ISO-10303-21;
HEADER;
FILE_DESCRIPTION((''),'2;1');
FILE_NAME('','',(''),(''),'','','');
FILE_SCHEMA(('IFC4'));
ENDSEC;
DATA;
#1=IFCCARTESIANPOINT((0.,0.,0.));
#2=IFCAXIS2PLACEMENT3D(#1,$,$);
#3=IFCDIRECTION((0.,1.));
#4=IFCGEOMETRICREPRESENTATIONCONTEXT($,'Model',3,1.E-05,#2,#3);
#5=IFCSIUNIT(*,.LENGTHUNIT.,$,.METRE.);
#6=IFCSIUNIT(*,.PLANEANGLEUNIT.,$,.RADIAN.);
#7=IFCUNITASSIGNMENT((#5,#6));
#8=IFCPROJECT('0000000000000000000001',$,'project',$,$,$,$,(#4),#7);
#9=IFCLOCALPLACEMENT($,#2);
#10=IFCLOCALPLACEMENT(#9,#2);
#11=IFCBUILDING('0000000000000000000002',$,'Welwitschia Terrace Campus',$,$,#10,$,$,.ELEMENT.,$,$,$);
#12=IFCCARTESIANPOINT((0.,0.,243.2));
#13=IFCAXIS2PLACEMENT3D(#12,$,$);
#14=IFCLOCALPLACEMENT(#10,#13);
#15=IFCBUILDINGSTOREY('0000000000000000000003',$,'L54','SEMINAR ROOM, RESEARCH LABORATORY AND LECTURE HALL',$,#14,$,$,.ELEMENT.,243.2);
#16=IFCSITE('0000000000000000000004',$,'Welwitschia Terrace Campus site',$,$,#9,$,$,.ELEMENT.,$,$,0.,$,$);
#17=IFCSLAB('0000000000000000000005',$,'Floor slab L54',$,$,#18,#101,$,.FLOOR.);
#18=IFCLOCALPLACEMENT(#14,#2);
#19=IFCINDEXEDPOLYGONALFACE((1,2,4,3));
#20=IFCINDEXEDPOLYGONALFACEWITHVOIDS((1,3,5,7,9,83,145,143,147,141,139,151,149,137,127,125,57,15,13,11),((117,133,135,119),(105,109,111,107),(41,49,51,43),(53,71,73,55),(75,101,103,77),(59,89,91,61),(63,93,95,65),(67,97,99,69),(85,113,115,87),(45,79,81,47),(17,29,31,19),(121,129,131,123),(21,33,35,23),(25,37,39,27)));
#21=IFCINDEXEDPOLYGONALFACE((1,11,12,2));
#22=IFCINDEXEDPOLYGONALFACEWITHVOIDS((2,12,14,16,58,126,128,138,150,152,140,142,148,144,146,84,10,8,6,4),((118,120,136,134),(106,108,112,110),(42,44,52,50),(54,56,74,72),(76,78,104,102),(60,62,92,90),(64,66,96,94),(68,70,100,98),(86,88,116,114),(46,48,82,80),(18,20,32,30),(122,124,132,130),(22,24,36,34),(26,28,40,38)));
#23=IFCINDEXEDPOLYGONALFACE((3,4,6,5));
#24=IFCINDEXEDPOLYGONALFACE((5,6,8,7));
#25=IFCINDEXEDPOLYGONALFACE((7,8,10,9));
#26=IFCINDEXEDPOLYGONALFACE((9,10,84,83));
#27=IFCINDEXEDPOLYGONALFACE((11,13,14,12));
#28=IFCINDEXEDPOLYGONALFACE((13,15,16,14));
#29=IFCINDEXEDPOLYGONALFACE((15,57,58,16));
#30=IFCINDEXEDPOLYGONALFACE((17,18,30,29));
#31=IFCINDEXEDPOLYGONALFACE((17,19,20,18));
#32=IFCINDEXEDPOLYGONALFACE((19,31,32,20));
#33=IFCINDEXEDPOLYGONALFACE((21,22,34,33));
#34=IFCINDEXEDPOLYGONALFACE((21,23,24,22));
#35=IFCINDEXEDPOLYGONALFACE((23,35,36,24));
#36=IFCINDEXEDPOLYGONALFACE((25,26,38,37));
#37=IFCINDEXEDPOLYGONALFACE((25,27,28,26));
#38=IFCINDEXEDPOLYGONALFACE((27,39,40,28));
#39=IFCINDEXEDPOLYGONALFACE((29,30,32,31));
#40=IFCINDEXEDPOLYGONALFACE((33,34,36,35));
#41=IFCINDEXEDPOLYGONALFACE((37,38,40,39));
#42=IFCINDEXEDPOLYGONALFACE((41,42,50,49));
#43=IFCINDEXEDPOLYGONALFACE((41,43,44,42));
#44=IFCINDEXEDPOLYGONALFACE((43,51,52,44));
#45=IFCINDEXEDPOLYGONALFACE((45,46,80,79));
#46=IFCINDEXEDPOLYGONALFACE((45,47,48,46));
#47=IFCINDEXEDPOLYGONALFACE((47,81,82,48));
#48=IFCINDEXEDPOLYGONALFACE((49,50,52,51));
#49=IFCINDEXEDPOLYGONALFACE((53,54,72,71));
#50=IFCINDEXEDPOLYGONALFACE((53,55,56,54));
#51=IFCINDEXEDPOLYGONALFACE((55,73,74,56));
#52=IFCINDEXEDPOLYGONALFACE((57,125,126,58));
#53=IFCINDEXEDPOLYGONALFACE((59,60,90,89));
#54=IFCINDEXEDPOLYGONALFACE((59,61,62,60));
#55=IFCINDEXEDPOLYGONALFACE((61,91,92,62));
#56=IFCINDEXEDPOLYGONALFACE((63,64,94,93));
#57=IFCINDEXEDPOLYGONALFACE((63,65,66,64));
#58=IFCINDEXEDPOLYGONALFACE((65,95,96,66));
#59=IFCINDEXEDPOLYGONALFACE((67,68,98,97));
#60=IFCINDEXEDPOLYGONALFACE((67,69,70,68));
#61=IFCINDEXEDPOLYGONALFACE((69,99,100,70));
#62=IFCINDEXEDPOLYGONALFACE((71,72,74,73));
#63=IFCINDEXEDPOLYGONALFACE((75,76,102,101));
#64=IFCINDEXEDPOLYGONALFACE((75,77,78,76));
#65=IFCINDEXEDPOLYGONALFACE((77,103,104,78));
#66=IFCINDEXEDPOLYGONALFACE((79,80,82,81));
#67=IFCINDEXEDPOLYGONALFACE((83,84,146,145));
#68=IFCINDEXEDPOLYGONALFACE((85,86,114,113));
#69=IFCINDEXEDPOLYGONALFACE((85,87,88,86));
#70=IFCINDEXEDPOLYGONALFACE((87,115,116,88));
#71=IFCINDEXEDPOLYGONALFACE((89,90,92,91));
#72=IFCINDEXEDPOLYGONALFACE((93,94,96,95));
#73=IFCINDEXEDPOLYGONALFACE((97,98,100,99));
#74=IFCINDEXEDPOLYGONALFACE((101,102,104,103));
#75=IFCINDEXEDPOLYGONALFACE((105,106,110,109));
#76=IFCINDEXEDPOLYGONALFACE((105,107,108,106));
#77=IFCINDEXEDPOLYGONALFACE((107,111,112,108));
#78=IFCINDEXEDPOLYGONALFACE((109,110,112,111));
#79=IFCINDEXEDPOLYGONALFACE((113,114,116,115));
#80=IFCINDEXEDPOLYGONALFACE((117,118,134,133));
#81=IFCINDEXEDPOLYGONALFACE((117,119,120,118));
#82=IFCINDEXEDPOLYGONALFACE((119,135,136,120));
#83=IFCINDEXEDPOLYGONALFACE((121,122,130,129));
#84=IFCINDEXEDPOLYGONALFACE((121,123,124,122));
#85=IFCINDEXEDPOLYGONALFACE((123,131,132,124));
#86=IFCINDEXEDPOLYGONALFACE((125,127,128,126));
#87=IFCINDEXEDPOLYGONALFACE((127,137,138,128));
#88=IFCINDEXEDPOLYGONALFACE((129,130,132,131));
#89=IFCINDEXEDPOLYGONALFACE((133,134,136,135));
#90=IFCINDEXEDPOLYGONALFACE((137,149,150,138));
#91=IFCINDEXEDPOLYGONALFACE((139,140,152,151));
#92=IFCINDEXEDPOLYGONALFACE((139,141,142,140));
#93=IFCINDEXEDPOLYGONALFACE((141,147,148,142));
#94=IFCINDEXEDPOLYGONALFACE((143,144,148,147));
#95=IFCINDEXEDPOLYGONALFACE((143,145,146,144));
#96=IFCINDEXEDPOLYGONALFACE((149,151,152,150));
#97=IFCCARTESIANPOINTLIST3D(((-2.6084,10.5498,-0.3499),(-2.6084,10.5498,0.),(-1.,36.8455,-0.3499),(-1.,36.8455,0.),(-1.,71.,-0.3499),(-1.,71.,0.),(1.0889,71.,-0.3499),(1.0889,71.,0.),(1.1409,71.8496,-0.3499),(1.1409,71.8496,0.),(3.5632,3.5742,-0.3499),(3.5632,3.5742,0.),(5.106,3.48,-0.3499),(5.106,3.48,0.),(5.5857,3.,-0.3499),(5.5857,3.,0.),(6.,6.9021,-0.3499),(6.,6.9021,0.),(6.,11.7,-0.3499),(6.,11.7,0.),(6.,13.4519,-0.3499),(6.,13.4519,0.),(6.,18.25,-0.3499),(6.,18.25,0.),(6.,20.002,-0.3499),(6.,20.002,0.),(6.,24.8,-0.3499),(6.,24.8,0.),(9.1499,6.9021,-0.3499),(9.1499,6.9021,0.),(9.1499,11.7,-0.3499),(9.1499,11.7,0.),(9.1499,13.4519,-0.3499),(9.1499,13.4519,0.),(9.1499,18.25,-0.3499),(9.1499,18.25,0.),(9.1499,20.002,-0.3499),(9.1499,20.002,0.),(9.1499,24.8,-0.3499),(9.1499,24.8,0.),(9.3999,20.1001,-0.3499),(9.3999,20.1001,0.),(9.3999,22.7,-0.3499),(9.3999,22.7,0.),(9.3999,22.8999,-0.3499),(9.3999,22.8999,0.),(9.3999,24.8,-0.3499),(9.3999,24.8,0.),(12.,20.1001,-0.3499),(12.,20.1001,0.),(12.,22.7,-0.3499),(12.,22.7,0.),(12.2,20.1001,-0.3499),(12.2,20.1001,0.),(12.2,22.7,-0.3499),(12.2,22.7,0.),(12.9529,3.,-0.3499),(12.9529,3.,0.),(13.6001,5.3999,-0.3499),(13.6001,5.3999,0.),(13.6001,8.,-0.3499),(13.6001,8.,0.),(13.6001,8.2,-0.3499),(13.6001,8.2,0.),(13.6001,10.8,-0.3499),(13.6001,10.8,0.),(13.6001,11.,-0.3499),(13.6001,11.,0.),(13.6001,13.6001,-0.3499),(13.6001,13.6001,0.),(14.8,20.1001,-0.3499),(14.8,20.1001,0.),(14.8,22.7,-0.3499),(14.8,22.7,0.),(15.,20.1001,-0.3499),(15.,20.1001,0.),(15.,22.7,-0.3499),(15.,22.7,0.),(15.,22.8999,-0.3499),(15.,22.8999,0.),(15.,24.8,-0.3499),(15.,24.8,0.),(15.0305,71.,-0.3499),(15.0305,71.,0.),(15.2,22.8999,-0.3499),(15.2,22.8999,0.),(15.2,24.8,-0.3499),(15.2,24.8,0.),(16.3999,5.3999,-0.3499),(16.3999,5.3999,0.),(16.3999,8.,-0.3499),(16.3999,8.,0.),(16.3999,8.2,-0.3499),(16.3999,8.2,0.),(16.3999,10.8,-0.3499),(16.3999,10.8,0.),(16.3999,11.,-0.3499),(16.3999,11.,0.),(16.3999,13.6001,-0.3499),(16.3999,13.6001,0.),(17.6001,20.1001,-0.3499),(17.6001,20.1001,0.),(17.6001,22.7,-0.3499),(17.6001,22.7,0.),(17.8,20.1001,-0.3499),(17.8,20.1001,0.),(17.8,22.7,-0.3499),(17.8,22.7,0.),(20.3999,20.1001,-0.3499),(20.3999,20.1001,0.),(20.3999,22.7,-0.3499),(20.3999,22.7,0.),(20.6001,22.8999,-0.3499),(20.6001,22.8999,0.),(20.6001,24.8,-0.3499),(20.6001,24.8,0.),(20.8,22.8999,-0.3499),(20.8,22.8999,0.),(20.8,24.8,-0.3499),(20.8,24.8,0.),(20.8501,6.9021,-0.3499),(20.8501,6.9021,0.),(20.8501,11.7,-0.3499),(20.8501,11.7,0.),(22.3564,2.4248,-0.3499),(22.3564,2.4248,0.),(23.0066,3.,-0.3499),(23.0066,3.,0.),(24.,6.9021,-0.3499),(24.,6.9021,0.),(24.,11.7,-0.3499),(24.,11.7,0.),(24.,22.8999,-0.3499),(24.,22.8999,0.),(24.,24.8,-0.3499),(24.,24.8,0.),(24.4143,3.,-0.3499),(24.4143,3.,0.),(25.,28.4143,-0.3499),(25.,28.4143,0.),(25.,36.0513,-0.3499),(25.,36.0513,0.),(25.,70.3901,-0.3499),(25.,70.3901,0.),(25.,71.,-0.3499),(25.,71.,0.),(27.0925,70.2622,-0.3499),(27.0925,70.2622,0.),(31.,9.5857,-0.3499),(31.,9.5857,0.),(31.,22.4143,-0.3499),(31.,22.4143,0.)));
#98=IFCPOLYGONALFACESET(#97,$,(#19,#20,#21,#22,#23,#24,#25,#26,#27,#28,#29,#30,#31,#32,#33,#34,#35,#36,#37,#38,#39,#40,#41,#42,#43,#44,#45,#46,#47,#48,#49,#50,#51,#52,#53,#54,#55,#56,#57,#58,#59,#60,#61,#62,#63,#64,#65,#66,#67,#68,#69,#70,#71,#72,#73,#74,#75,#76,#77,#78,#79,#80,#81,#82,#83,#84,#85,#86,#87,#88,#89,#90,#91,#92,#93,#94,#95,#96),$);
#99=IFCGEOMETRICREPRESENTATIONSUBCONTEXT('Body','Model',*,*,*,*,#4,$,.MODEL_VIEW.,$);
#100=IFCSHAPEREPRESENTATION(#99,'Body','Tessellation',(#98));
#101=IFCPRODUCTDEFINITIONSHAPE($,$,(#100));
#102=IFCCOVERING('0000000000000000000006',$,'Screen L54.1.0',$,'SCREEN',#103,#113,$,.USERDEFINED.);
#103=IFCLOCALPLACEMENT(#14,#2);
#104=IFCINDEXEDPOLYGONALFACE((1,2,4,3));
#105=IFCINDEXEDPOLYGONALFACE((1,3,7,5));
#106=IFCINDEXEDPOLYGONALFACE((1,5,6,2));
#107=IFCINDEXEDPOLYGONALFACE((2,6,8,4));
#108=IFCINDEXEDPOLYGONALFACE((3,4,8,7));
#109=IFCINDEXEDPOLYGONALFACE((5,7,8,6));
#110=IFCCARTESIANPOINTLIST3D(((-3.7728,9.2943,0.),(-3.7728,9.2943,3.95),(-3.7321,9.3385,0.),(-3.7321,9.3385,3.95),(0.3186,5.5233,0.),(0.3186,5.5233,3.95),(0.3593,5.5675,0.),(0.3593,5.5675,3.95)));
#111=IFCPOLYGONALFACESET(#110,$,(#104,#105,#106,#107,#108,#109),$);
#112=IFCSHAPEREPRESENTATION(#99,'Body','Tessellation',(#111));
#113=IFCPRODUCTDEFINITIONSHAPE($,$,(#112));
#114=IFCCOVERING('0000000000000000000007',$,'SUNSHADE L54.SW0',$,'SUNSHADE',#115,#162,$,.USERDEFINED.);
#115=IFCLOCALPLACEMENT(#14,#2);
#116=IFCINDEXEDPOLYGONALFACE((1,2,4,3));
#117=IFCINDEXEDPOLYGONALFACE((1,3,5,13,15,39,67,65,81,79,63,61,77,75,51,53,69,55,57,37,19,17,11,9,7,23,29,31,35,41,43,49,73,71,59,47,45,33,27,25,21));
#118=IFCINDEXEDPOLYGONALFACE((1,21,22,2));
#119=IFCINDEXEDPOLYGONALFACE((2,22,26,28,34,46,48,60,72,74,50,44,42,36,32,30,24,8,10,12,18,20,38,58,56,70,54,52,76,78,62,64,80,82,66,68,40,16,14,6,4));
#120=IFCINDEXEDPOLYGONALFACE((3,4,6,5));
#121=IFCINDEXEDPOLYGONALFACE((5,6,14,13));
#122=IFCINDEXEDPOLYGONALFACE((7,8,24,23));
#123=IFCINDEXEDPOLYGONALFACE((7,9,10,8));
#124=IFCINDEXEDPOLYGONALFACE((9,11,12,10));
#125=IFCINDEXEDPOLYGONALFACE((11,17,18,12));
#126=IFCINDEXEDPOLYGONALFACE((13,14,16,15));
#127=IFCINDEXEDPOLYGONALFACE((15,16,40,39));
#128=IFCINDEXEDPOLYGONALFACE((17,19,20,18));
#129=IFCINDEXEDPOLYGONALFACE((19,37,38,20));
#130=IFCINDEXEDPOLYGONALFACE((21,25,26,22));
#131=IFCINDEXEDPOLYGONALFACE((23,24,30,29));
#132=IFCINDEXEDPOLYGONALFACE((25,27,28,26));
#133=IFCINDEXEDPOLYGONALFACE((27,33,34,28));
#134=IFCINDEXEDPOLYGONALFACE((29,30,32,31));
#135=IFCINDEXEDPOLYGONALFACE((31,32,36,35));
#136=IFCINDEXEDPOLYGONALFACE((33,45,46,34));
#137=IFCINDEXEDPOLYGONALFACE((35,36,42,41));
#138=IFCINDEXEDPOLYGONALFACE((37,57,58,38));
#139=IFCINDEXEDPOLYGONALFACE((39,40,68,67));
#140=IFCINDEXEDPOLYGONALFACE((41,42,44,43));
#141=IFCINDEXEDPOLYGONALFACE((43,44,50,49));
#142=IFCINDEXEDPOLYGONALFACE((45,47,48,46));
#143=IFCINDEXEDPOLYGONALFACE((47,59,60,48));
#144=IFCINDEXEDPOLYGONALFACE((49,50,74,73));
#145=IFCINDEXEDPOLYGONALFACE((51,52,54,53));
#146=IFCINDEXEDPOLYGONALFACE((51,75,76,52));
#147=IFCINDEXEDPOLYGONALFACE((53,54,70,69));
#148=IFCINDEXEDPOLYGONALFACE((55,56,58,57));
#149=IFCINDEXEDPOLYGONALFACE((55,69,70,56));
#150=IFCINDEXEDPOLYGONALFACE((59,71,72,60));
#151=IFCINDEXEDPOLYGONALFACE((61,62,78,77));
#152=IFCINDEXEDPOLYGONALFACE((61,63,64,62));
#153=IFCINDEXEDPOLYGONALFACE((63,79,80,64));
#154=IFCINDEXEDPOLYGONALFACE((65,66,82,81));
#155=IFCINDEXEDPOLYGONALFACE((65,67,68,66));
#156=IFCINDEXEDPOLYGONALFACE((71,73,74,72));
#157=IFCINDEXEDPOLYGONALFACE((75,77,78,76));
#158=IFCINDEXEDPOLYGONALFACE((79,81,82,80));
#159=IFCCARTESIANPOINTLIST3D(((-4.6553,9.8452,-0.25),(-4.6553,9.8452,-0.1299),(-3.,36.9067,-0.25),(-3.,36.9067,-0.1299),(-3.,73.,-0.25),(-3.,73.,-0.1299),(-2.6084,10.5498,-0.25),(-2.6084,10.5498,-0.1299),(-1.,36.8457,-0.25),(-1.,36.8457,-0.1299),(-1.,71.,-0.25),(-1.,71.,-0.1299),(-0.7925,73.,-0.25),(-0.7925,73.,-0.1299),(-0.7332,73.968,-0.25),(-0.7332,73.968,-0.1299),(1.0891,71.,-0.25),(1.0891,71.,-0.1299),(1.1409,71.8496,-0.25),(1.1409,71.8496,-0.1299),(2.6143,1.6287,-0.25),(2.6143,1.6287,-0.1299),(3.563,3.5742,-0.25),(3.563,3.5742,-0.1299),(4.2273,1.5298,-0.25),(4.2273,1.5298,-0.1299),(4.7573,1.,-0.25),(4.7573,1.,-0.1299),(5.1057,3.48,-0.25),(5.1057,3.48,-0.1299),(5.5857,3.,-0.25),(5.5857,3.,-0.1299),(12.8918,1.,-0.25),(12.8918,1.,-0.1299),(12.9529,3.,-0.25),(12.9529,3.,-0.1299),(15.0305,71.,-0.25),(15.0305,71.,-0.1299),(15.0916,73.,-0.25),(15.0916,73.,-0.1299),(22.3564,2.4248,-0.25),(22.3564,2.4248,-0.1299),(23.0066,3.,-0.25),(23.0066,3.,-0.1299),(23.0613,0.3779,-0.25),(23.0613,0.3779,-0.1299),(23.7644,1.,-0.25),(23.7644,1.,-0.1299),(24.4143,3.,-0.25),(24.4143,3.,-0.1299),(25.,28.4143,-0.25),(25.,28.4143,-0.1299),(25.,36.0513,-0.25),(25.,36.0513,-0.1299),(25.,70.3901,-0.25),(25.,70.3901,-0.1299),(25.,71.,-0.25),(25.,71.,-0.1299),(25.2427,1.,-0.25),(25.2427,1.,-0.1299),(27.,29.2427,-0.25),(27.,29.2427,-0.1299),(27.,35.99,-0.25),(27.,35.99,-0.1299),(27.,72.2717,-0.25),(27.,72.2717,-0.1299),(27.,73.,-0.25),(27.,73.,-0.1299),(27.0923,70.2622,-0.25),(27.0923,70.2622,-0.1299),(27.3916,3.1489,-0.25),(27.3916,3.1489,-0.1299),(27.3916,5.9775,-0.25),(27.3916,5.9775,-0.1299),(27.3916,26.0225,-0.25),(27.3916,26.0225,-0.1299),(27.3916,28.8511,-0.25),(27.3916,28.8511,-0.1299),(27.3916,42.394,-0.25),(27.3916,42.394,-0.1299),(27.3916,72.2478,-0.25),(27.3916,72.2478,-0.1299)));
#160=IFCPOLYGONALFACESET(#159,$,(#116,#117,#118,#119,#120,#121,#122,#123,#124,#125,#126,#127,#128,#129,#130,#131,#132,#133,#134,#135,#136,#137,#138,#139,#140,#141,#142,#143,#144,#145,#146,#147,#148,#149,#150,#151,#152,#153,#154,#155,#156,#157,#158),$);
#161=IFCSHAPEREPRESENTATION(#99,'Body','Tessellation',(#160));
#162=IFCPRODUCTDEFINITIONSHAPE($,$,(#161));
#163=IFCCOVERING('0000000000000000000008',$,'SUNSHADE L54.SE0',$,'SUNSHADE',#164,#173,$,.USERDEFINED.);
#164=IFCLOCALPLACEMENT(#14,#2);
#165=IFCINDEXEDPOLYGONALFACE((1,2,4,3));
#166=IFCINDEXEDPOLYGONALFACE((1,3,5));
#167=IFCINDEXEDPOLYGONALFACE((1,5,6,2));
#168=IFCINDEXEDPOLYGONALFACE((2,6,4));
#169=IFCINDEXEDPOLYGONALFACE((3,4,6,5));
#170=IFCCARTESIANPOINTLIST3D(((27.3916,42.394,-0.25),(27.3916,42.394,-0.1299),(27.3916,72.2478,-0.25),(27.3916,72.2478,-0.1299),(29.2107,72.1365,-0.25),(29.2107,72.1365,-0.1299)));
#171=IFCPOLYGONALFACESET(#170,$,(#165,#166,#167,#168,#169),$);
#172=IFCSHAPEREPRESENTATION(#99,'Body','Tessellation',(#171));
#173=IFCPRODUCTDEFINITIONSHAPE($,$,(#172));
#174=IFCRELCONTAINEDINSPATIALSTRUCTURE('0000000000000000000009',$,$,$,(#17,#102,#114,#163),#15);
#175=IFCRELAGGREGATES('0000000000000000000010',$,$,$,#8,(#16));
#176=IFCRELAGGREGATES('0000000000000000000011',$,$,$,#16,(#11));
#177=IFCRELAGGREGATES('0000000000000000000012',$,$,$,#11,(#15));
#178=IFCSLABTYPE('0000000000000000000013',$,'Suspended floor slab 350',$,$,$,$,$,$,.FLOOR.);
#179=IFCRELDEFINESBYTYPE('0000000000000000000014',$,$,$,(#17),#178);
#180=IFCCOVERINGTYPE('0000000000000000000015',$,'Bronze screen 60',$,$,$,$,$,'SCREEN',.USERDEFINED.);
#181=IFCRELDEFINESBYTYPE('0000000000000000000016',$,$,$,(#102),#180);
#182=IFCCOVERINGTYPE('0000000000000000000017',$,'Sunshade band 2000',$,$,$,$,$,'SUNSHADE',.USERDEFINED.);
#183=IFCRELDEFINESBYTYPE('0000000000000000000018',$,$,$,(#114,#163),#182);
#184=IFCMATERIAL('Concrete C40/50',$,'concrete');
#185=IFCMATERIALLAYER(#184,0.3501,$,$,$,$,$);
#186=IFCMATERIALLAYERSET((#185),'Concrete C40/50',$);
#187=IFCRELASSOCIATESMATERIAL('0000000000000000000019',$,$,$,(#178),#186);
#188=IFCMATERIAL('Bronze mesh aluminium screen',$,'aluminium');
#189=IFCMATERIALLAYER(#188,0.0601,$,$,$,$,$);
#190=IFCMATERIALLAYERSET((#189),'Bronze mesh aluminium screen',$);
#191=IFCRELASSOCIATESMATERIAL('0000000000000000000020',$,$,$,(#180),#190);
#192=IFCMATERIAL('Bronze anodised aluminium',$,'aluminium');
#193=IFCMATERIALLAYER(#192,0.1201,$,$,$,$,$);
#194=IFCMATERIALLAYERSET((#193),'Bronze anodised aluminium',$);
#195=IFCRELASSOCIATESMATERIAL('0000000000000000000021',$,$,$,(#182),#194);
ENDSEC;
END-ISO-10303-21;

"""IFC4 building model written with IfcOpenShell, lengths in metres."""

from ifc_helpers import new_model, si_unit, direction, frame, origin, origin_2d, place, context, subcontext, project, spatial, polyline, rectangle, outline, extrude, material, layer, layer_set, type_object, element, save


model = new_model("IFC4")

# Units and contexts
model_context = context("Model", 3, precision=1e-05, world=origin(), true_north=direction((0.0, 1.0)))
body_context = subcontext(model_context, "Body", "Model", "MODEL_VIEW")
ifc_project = project(units=[si_unit("LENGTHUNIT", "METRE"), si_unit("PLANEANGLEUNIT", "RADIAN")], contexts=[model_context])

# Site, building, storey
site_placement = place(None, origin())
site = spatial("IfcSite", under=ifc_project, at=site_placement, Name="Welwitschia Terrace Campus site", CompositionType="ELEMENT", RefElevation=0.0)
building_placement = place(site_placement, origin())
building = spatial("IfcBuilding", under=site, at=building_placement, Name="Welwitschia Terrace Campus", CompositionType="ELEMENT")
storey_placement = place(building_placement, frame((0.0, 0.0, 243.2)))
storey = spatial("IfcBuildingStorey", under=building, at=storey_placement, Name="L54", Description="SEMINAR ROOM, RESEARCH LABORATORY AND LECTURE HALL", CompositionType="ELEMENT", Elevation=243.2)

# Slab
ifc_material_1 = material(Name="Concrete C40/50", Category="concrete")
ifc_layer_1 = layer(ifc_material_1, 0.3501)
ifc_layer_set_1 = layer_set([ifc_layer_1], Name="Concrete C40/50")
slab_type_1 = type_object("IfcSlabType", Name="Suspended floor slab 350", PredefinedType="FLOOR", material=ifc_layer_set_1)
slab_1_placement = place(storey_placement, frame((0.0, 0.0, -0.3499)))
element("IfcSlab", 1, at=slab_1_placement, inside=storey, type_object=slab_type_1, Name="Floor slab L54", PredefinedType="FLOOR", context=body_context, shape_type="SweptSolid", body=[
    extrude(outline(polyline([(1.0889, 71.0), (1.1409, 71.8496), (15.0305, 71.0), (25.0, 71.0), (25.0, 70.3901), (27.0925, 70.2622), (25.0, 36.0513), (25.0, 28.4143), (31.0, 22.4143), (31.0, 9.5857), (24.4143, 3.0), (23.0066, 3.0), (22.3564, 2.4248), (12.9529, 3.0), (5.5857, 3.0), (5.106, 3.48), (3.5632, 3.5742), (-2.6084, 10.5498), (-1.0, 36.8455), (-1.0, 71.0), (1.0889, 71.0)]), holes=[polyline([(13.6001, 8.0), (13.6001, 5.3999), (16.3999, 5.3999), (16.3999, 8.0), (13.6001, 8.0)]), polyline([(9.1499, 11.7), (6.0, 11.7), (6.0, 6.9021), (9.1499, 6.9021), (9.1499, 11.7)]), polyline([(9.1499, 18.25), (6.0, 18.25), (6.0, 13.4519), (9.1499, 13.4519), (9.1499, 18.25)]), polyline([(12.0, 22.7), (9.3999, 22.7), (9.3999, 20.1001), (12.0, 20.1001), (12.0, 22.7)]), polyline([(14.8, 22.7), (12.2, 22.7), (12.2, 20.1001), (14.8, 20.1001), (14.8, 22.7)]), polyline([(9.1499, 24.8), (6.0, 24.8), (6.0, 20.002), (9.1499, 20.002), (9.1499, 24.8)]), polyline([(15.0, 24.8), (9.3999, 24.8), (9.3999, 22.8999), (15.0, 22.8999), (15.0, 24.8)]), polyline([(20.8501, 11.7), (20.8501, 6.9021), (24.0, 6.9021), (24.0, 11.7), (20.8501, 11.7)]), polyline([(16.3999, 10.8), (13.6001, 10.8), (13.6001, 8.2), (16.3999, 8.2), (16.3999, 10.8)]), polyline([(16.3999, 13.6001), (13.6001, 13.6001), (13.6001, 11.0), (16.3999, 11.0), (16.3999, 13.6001)]), polyline([(17.6001, 22.7), (15.0, 22.7), (15.0, 20.1001), (17.6001, 20.1001), (17.6001, 22.7)]), polyline([(20.3999, 22.7), (17.8, 22.7), (17.8, 20.1001), (20.3999, 20.1001), (20.3999, 22.7)]), polyline([(20.6001, 24.8), (15.2, 24.8), (15.2, 22.8999), (20.6001, 22.8999), (20.6001, 24.8)]), polyline([(24.0, 24.8), (20.8, 24.8), (20.8, 22.8999), (24.0, 22.8999), (24.0, 24.8)])]), origin(), (0.0, 0.0, 1.0), 0.3499),
])

# Coverings
ifc_material_2 = material(Name="Bronze mesh aluminium screen", Category="aluminium")
ifc_layer_2 = layer(ifc_material_2, 0.0601)
ifc_layer_set_2 = layer_set([ifc_layer_2], Name="Bronze mesh aluminium screen")
covering_type_1 = type_object("IfcCoveringType", Name="Bronze screen 60", ElementType="SCREEN", PredefinedType="USERDEFINED", material=ifc_layer_set_2)
covering_1_placement = place(storey_placement, frame((-1.7068, 7.4309, 0.0), z_axis=(0.0, 0.0, 1.0), x_axis=(0.735311, -0.67773, 0.0)))
element("IfcCovering", 2, at=covering_1_placement, inside=storey, type_object=covering_type_1, Name="Screen L54.1.0", ObjectType="SCREEN", PredefinedType="USERDEFINED", context=body_context, shape_type="SweptSolid", body=[
    extrude(rectangle(XDim=5.5642, YDim=0.0601, at=origin_2d()), origin(), (0.0, 0.0, 1.0), 3.95),
])
ifc_material_3 = material(Name="Bronze anodised aluminium", Category="aluminium")
ifc_layer_3 = layer(ifc_material_3, 0.1201)
ifc_layer_set_3 = layer_set([ifc_layer_3], Name="Bronze anodised aluminium")
covering_type_2 = type_object("IfcCoveringType", Name="Sunshade band 2000", ElementType="SUNSHADE", PredefinedType="USERDEFINED", material=ifc_layer_set_3)
covering_2_placement = place(storey_placement, frame((0.0, 0.0, -0.25)))
element("IfcCovering", 3, at=covering_2_placement, inside=storey, type_object=covering_type_2, Name="SUNSHADE L54.SW0", ObjectType="SUNSHADE", PredefinedType="USERDEFINED", context=body_context, shape_type="SweptSolid", body=[
    extrude(outline(polyline([(-0.7332, 73.968), (15.0916, 73.0), (27.0, 73.0), (27.0, 72.2717), (27.3916, 72.2478), (27.3916, 42.394), (27.0, 35.99), (27.0, 29.2427), (27.3916, 28.8511), (27.3916, 26.0225), (25.0, 28.4143), (25.0, 36.0513), (27.0923, 70.2622), (25.0, 70.3901), (25.0, 71.0), (15.0305, 71.0), (1.1409, 71.8496), (1.0891, 71.0), (-1.0, 71.0), (-1.0, 36.8457), (-2.6084, 10.5498), (3.563, 3.5742), (5.1057, 3.48), (5.5857, 3.0), (12.9529, 3.0), (22.3564, 2.4248), (23.0066, 3.0), (24.4143, 3.0), (27.3916, 5.9775), (27.3916, 3.1489), (25.2427, 1.0), (23.7644, 1.0), (23.0613, 0.3779), (12.8918, 1.0), (4.7573, 1.0), (4.2273, 1.5298), (2.6143, 1.6287), (-4.6553, 9.8452), (-3.0, 36.9067), (-3.0, 73.0), (-0.7925, 73.0), (-0.7332, 73.968)])), origin(), (0.0, 0.0, 1.0), 0.1201),
])
covering_3_placement = place(storey_placement, frame((0.0, 0.0, -0.25)))
element("IfcCovering", 4, at=covering_3_placement, inside=storey, type_object=covering_type_2, Name="SUNSHADE L54.SE0", ObjectType="SUNSHADE", PredefinedType="USERDEFINED", context=body_context, shape_type="SweptSolid", body=[
    extrude(outline(polyline([(29.2107, 72.1365), (27.3916, 42.394), (27.3916, 72.2478), (29.2107, 72.1365)])), origin(), (0.0, 0.0, 1.0), 0.1201),
])

save(model, "model.ifc")
